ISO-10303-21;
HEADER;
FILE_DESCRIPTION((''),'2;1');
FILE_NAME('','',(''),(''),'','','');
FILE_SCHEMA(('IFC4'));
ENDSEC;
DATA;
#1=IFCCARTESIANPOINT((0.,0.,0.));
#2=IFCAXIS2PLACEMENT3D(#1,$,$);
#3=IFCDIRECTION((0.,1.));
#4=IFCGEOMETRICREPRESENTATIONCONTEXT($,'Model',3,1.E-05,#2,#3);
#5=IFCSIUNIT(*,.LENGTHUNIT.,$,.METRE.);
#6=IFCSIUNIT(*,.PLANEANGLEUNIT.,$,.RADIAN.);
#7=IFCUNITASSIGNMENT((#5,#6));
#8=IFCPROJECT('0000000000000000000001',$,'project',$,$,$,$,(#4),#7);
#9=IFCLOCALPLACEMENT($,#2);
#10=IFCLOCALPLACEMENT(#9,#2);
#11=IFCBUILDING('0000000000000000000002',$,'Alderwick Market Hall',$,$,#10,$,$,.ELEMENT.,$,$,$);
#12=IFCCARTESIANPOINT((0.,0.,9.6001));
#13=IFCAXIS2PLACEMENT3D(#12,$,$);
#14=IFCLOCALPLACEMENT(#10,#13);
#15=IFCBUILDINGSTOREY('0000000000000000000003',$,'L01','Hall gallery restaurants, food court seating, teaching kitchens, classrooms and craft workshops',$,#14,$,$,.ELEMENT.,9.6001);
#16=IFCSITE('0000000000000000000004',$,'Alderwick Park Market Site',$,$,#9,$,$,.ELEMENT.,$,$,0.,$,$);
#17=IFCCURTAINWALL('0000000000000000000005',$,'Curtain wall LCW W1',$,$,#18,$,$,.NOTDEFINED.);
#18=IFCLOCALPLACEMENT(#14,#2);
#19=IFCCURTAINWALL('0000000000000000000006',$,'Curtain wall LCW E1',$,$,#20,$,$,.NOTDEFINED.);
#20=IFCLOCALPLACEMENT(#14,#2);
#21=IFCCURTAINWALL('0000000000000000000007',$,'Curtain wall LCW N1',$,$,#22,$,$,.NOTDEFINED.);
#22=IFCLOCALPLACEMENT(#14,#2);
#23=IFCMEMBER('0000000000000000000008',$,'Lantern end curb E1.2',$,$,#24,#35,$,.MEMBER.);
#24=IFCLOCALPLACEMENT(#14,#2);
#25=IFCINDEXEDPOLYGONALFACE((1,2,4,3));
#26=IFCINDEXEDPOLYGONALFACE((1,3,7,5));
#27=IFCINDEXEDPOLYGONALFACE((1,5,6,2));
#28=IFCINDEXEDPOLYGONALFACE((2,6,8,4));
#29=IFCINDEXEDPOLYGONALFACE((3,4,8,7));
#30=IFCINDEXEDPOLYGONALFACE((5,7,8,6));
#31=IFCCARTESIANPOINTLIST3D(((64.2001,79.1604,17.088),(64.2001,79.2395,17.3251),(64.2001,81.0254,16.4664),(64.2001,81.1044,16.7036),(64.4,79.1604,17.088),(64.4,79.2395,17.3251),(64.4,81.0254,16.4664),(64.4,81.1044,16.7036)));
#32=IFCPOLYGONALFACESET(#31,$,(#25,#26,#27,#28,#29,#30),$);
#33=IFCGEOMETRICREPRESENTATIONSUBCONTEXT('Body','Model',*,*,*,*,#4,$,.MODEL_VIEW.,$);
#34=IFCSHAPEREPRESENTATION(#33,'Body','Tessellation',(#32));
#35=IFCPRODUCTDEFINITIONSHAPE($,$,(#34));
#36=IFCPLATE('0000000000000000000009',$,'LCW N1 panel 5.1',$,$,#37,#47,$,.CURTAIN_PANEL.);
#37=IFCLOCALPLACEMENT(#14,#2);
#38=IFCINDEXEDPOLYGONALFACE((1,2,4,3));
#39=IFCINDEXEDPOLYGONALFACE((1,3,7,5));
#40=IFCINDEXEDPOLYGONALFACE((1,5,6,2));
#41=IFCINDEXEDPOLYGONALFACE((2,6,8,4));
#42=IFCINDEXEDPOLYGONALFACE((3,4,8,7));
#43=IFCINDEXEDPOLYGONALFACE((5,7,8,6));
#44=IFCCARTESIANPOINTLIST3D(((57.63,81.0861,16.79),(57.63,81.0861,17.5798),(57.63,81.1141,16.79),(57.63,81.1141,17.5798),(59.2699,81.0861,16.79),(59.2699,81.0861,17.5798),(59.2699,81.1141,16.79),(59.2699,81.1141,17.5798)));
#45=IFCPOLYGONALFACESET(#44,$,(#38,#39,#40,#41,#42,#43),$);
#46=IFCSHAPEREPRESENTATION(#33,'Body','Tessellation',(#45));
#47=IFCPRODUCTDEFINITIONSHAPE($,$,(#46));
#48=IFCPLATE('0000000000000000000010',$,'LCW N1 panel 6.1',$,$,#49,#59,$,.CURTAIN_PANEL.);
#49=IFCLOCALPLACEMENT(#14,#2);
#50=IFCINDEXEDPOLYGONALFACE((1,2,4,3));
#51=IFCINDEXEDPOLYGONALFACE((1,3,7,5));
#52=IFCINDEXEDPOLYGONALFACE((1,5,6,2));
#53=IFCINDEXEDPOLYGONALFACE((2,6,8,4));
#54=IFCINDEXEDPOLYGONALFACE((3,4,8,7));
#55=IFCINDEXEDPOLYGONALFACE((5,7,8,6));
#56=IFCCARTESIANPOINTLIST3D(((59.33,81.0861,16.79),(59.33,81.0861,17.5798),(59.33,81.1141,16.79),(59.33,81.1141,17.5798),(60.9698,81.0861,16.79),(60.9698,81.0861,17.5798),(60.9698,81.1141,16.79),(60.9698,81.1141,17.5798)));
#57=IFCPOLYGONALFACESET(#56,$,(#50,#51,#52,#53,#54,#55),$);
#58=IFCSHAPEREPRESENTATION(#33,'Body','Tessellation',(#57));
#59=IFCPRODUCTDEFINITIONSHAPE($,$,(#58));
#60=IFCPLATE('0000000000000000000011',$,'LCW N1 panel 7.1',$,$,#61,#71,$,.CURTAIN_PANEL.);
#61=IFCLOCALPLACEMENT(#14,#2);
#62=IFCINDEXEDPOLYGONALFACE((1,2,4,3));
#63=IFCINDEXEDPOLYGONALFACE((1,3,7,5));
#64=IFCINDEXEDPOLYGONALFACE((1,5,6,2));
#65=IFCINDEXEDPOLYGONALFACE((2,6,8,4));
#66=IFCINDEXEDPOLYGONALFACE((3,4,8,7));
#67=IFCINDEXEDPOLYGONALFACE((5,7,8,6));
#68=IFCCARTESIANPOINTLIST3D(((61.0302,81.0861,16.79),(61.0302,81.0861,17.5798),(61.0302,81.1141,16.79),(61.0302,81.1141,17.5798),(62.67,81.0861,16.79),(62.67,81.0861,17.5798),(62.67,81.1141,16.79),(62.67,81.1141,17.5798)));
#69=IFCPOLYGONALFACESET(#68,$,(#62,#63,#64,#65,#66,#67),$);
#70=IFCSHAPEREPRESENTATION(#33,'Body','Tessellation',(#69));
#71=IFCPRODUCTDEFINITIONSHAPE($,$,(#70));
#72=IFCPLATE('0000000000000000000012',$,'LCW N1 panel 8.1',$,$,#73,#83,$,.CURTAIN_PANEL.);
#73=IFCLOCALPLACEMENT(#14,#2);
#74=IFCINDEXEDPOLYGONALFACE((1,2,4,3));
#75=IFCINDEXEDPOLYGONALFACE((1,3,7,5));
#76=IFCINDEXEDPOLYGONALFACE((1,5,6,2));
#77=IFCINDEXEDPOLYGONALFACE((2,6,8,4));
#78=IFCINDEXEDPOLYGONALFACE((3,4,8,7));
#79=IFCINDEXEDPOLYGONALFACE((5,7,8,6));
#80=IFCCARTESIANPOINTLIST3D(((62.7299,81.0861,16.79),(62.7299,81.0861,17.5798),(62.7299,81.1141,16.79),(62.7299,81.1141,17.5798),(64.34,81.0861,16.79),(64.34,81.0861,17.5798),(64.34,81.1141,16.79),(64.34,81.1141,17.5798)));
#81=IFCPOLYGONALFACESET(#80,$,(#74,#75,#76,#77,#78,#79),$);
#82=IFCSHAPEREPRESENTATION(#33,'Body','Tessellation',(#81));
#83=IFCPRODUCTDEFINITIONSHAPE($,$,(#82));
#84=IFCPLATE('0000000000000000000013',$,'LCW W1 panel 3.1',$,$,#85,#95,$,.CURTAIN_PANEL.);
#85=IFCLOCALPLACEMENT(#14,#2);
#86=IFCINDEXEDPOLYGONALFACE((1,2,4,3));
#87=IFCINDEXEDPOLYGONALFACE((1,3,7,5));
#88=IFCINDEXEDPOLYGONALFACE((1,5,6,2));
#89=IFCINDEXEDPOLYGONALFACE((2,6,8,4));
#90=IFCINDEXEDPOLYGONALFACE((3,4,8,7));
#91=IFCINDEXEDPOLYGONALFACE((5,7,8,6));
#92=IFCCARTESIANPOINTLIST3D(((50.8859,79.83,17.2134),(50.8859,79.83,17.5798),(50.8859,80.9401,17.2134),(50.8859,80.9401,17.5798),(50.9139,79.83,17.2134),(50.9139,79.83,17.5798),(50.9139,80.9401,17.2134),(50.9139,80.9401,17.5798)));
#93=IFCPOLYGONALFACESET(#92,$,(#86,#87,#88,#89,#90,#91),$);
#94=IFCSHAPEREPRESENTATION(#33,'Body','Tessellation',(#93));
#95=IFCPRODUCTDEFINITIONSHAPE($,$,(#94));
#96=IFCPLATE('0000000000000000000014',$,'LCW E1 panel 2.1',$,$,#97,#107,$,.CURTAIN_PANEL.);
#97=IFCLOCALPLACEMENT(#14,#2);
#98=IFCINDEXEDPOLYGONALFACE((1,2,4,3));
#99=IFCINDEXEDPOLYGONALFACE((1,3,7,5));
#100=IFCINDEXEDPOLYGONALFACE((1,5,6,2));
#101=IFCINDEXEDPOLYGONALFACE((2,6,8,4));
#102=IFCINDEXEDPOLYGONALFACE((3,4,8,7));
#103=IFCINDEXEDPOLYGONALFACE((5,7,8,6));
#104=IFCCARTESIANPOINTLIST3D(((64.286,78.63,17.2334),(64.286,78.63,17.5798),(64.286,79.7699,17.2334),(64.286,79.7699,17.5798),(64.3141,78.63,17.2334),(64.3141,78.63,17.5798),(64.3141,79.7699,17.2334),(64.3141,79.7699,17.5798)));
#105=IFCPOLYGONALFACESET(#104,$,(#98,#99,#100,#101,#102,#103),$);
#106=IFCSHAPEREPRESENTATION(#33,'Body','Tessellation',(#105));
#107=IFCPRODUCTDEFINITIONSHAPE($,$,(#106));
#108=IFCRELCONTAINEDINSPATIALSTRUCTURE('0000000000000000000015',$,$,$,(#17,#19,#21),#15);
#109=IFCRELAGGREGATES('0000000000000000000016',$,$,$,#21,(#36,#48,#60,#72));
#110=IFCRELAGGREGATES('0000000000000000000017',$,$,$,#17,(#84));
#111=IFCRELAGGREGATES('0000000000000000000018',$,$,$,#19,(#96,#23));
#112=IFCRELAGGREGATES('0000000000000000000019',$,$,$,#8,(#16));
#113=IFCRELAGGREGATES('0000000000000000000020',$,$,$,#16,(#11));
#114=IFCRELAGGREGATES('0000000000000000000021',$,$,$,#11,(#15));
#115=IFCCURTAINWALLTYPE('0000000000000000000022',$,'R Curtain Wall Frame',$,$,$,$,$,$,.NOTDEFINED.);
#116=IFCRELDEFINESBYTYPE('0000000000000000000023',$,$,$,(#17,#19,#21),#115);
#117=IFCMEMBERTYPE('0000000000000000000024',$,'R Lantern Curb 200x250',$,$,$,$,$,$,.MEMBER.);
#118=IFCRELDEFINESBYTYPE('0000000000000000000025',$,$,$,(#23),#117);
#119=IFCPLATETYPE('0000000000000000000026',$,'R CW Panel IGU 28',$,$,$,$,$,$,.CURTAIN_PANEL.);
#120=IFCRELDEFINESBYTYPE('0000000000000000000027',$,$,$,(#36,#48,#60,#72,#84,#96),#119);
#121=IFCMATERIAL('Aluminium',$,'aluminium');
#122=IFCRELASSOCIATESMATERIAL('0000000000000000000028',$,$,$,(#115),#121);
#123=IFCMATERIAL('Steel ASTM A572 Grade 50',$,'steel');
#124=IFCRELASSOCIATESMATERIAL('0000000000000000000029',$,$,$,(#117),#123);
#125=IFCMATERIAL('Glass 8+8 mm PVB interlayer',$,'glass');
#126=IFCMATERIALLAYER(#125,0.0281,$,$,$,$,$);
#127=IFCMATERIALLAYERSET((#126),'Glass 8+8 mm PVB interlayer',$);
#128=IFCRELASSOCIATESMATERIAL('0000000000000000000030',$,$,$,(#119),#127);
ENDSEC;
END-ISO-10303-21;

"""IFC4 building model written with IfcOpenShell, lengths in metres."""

from ifc_helpers import new_model, si_unit, direction, frame, origin, origin_2d, place, context, subcontext, project, spatial, rectangle, extrude, material, layer, layer_set, material_profile, profile_set, type_object, element, aggregate, save


model = new_model("IFC4")

# Units and contexts
model_context = context("Model", 3, precision=1e-05, world=origin(), true_north=direction((0.0, 1.0)))
body_context = subcontext(model_context, "Body", "Model", "MODEL_VIEW")
ifc_project = project(units=[si_unit("LENGTHUNIT", "METRE"), si_unit("PLANEANGLEUNIT", "RADIAN")], contexts=[model_context])

# Site, building, storey
site_placement = place(None, origin())
site = spatial("IfcSite", under=ifc_project, at=site_placement, Name="Alderwick Park Market Site", CompositionType="ELEMENT", RefElevation=0.0)
building_placement = place(site_placement, origin())
building = spatial("IfcBuilding", under=site, at=building_placement, Name="Alderwick Market Hall", CompositionType="ELEMENT")
storey_placement = place(building_placement, frame((0.0, 0.0, 9.6001)))
storey = spatial("IfcBuildingStorey", under=building, at=storey_placement, Name="L01", Description="Hall gallery restaurants, food court seating, teaching kitchens, classrooms and craft workshops", CompositionType="ELEMENT", Elevation=9.6001)

# Curtain walls
ifc_material_1 = material(Name="Aluminium", Category="aluminium")
curtain_wall_type = type_object("IfcCurtainWallType", Name="R Curtain Wall Frame", PredefinedType="NOTDEFINED", material=ifc_material_1)
curtain_wall_1_placement = place(storey_placement, origin())
curtain_wall_1 = element("IfcCurtainWall", 1, at=curtain_wall_1_placement, inside=storey, type_object=curtain_wall_type, Name="Curtain wall LCW W1", PredefinedType="NOTDEFINED")
curtain_wall_2_placement = place(storey_placement, origin())
curtain_wall_2 = element("IfcCurtainWall", 2, at=curtain_wall_2_placement, inside=storey, type_object=curtain_wall_type, Name="Curtain wall LCW E1", PredefinedType="NOTDEFINED")

# Curtain wall
curtain_wall_3_placement = place(storey_placement, origin())
curtain_wall_3 = element("IfcCurtainWall", 3, at=curtain_wall_3_placement, inside=storey, type_object=curtain_wall_type, Name="Curtain wall LCW N1", PredefinedType="NOTDEFINED")

# Member
ifc_material_2 = material(Name="Steel ASTM A572 Grade 50", Category="steel")
ifc_material_profile_1 = material_profile(ifc_material_2, rectangle(XDim=0.2, YDim=0.25, at=origin_2d()), Name="Steel plate curb 200x250")
ifc_profile_set_1 = profile_set([ifc_material_profile_1], Name="Steel ASTM A572 Grade 50")
member_type_1 = type_object("IfcMemberType", Name="R Lantern Curb 200x250", PredefinedType="MEMBER", material=ifc_profile_set_1)
member_1_placement = place(storey_placement, frame((64.3, 79.2, 17.2065), z_axis=(0.0, 0.948696, -0.316191), x_axis=(-1.0, 0.0, 0.0)))
member_1 = element("IfcMember", 4, at=member_1_placement, type_object=member_type_1, Name="Lantern end curb E1.2", PredefinedType="MEMBER", context=body_context, shape_type="SweptSolid", body=[
    extrude(rectangle(XDim=0.2, YDim=0.25, at=origin_2d()), origin(), (0.0, 0.0, 1.0), 1.9658),
])

# Plates
ifc_material_3 = material(Name="Glass 8+8 mm PVB interlayer", Category="glass")
ifc_layer = layer(ifc_material_3, 0.0281)
ifc_layer_set = layer_set([ifc_layer], Name="Glass 8+8 mm PVB interlayer")
plate_type = type_object("IfcPlateType", Name="R CW Panel IGU 28", PredefinedType="CURTAIN_PANEL", material=ifc_layer_set)
plate_1_placement = place(storey_placement, frame((58.45, 81.1001, 16.79), z_axis=(0.0, 0.0, 1.0), x_axis=(1.0, 0.0, 0.0)))
plate_1 = element("IfcPlate", 5, at=plate_1_placement, type_object=plate_type, Name="LCW N1 panel 5.1", PredefinedType="CURTAIN_PANEL", context=body_context, shape_type="SweptSolid", body=[
    extrude(rectangle(XDim=1.6399, YDim=0.0281, at=origin_2d()), origin(), (0.0, 0.0, 1.0), 0.7898),
])
plate_2_placement = place(storey_placement, frame((60.1499, 81.1001, 16.79), z_axis=(0.0, 0.0, 1.0), x_axis=(1.0, 0.0, 0.0)))
plate_2 = element("IfcPlate", 6, at=plate_2_placement, type_object=plate_type, Name="LCW N1 panel 6.1", PredefinedType="CURTAIN_PANEL", context=body_context, shape_type="SweptSolid", body=[
    extrude(rectangle(XDim=1.6399, YDim=0.0281, at=origin_2d()), origin(), (0.0, 0.0, 1.0), 0.7898),
])
plate_3_placement = place(storey_placement, frame((61.8501, 81.1001, 16.79), z_axis=(0.0, 0.0, 1.0), x_axis=(1.0, 0.0, 0.0)))
plate_3 = element("IfcPlate", 7, at=plate_3_placement, type_object=plate_type, Name="LCW N1 panel 7.1", PredefinedType="CURTAIN_PANEL", context=body_context, shape_type="SweptSolid", body=[
    extrude(rectangle(XDim=1.6399, YDim=0.0281, at=origin_2d()), origin(), (0.0, 0.0, 1.0), 0.7898),
])
plate_4_placement = place(storey_placement, frame((63.5349, 81.1001, 16.79), z_axis=(0.0, 0.0, 1.0), x_axis=(1.0, 0.0, 0.0)))
plate_4 = element("IfcPlate", 8, at=plate_4_placement, type_object=plate_type, Name="LCW N1 panel 8.1", PredefinedType="CURTAIN_PANEL", context=body_context, shape_type="SweptSolid", body=[
    extrude(rectangle(XDim=1.6101, YDim=0.0281, at=origin_2d()), origin(), (0.0, 0.0, 1.0), 0.7898),
])
aggregate(curtain_wall_3, [plate_1, plate_2, plate_3, plate_4])
plate_5_placement = place(storey_placement, frame((50.8999, 80.385, 17.2134), z_axis=(0.0, 0.0, 1.0), x_axis=(1.0, 0.0, 0.0)))
plate_5 = element("IfcPlate", 9, at=plate_5_placement, type_object=plate_type, Name="LCW W1 panel 3.1", PredefinedType="CURTAIN_PANEL", context=body_context, shape_type="SweptSolid", body=[
    extrude(rectangle(XDim=0.0281, YDim=1.1101, at=origin_2d()), origin(), (0.0, 0.0, 1.0), 0.3665),
])
aggregate(curtain_wall_1, [plate_5])
plate_6_placement = place(storey_placement, frame((64.3, 79.2, 17.2334), z_axis=(0.0, 0.0, 1.0), x_axis=(1.0, 0.0, 0.0)))
plate_6 = element("IfcPlate", 10, at=plate_6_placement, type_object=plate_type, Name="LCW E1 panel 2.1", PredefinedType="CURTAIN_PANEL", context=body_context, shape_type="SweptSolid", body=[
    extrude(rectangle(XDim=0.0281, YDim=1.1399, at=origin_2d()), origin(), (0.0, 0.0, 1.0), 0.3464),
])
aggregate(curtain_wall_2, [plate_6, member_1])

save(model, "model.ifc")
